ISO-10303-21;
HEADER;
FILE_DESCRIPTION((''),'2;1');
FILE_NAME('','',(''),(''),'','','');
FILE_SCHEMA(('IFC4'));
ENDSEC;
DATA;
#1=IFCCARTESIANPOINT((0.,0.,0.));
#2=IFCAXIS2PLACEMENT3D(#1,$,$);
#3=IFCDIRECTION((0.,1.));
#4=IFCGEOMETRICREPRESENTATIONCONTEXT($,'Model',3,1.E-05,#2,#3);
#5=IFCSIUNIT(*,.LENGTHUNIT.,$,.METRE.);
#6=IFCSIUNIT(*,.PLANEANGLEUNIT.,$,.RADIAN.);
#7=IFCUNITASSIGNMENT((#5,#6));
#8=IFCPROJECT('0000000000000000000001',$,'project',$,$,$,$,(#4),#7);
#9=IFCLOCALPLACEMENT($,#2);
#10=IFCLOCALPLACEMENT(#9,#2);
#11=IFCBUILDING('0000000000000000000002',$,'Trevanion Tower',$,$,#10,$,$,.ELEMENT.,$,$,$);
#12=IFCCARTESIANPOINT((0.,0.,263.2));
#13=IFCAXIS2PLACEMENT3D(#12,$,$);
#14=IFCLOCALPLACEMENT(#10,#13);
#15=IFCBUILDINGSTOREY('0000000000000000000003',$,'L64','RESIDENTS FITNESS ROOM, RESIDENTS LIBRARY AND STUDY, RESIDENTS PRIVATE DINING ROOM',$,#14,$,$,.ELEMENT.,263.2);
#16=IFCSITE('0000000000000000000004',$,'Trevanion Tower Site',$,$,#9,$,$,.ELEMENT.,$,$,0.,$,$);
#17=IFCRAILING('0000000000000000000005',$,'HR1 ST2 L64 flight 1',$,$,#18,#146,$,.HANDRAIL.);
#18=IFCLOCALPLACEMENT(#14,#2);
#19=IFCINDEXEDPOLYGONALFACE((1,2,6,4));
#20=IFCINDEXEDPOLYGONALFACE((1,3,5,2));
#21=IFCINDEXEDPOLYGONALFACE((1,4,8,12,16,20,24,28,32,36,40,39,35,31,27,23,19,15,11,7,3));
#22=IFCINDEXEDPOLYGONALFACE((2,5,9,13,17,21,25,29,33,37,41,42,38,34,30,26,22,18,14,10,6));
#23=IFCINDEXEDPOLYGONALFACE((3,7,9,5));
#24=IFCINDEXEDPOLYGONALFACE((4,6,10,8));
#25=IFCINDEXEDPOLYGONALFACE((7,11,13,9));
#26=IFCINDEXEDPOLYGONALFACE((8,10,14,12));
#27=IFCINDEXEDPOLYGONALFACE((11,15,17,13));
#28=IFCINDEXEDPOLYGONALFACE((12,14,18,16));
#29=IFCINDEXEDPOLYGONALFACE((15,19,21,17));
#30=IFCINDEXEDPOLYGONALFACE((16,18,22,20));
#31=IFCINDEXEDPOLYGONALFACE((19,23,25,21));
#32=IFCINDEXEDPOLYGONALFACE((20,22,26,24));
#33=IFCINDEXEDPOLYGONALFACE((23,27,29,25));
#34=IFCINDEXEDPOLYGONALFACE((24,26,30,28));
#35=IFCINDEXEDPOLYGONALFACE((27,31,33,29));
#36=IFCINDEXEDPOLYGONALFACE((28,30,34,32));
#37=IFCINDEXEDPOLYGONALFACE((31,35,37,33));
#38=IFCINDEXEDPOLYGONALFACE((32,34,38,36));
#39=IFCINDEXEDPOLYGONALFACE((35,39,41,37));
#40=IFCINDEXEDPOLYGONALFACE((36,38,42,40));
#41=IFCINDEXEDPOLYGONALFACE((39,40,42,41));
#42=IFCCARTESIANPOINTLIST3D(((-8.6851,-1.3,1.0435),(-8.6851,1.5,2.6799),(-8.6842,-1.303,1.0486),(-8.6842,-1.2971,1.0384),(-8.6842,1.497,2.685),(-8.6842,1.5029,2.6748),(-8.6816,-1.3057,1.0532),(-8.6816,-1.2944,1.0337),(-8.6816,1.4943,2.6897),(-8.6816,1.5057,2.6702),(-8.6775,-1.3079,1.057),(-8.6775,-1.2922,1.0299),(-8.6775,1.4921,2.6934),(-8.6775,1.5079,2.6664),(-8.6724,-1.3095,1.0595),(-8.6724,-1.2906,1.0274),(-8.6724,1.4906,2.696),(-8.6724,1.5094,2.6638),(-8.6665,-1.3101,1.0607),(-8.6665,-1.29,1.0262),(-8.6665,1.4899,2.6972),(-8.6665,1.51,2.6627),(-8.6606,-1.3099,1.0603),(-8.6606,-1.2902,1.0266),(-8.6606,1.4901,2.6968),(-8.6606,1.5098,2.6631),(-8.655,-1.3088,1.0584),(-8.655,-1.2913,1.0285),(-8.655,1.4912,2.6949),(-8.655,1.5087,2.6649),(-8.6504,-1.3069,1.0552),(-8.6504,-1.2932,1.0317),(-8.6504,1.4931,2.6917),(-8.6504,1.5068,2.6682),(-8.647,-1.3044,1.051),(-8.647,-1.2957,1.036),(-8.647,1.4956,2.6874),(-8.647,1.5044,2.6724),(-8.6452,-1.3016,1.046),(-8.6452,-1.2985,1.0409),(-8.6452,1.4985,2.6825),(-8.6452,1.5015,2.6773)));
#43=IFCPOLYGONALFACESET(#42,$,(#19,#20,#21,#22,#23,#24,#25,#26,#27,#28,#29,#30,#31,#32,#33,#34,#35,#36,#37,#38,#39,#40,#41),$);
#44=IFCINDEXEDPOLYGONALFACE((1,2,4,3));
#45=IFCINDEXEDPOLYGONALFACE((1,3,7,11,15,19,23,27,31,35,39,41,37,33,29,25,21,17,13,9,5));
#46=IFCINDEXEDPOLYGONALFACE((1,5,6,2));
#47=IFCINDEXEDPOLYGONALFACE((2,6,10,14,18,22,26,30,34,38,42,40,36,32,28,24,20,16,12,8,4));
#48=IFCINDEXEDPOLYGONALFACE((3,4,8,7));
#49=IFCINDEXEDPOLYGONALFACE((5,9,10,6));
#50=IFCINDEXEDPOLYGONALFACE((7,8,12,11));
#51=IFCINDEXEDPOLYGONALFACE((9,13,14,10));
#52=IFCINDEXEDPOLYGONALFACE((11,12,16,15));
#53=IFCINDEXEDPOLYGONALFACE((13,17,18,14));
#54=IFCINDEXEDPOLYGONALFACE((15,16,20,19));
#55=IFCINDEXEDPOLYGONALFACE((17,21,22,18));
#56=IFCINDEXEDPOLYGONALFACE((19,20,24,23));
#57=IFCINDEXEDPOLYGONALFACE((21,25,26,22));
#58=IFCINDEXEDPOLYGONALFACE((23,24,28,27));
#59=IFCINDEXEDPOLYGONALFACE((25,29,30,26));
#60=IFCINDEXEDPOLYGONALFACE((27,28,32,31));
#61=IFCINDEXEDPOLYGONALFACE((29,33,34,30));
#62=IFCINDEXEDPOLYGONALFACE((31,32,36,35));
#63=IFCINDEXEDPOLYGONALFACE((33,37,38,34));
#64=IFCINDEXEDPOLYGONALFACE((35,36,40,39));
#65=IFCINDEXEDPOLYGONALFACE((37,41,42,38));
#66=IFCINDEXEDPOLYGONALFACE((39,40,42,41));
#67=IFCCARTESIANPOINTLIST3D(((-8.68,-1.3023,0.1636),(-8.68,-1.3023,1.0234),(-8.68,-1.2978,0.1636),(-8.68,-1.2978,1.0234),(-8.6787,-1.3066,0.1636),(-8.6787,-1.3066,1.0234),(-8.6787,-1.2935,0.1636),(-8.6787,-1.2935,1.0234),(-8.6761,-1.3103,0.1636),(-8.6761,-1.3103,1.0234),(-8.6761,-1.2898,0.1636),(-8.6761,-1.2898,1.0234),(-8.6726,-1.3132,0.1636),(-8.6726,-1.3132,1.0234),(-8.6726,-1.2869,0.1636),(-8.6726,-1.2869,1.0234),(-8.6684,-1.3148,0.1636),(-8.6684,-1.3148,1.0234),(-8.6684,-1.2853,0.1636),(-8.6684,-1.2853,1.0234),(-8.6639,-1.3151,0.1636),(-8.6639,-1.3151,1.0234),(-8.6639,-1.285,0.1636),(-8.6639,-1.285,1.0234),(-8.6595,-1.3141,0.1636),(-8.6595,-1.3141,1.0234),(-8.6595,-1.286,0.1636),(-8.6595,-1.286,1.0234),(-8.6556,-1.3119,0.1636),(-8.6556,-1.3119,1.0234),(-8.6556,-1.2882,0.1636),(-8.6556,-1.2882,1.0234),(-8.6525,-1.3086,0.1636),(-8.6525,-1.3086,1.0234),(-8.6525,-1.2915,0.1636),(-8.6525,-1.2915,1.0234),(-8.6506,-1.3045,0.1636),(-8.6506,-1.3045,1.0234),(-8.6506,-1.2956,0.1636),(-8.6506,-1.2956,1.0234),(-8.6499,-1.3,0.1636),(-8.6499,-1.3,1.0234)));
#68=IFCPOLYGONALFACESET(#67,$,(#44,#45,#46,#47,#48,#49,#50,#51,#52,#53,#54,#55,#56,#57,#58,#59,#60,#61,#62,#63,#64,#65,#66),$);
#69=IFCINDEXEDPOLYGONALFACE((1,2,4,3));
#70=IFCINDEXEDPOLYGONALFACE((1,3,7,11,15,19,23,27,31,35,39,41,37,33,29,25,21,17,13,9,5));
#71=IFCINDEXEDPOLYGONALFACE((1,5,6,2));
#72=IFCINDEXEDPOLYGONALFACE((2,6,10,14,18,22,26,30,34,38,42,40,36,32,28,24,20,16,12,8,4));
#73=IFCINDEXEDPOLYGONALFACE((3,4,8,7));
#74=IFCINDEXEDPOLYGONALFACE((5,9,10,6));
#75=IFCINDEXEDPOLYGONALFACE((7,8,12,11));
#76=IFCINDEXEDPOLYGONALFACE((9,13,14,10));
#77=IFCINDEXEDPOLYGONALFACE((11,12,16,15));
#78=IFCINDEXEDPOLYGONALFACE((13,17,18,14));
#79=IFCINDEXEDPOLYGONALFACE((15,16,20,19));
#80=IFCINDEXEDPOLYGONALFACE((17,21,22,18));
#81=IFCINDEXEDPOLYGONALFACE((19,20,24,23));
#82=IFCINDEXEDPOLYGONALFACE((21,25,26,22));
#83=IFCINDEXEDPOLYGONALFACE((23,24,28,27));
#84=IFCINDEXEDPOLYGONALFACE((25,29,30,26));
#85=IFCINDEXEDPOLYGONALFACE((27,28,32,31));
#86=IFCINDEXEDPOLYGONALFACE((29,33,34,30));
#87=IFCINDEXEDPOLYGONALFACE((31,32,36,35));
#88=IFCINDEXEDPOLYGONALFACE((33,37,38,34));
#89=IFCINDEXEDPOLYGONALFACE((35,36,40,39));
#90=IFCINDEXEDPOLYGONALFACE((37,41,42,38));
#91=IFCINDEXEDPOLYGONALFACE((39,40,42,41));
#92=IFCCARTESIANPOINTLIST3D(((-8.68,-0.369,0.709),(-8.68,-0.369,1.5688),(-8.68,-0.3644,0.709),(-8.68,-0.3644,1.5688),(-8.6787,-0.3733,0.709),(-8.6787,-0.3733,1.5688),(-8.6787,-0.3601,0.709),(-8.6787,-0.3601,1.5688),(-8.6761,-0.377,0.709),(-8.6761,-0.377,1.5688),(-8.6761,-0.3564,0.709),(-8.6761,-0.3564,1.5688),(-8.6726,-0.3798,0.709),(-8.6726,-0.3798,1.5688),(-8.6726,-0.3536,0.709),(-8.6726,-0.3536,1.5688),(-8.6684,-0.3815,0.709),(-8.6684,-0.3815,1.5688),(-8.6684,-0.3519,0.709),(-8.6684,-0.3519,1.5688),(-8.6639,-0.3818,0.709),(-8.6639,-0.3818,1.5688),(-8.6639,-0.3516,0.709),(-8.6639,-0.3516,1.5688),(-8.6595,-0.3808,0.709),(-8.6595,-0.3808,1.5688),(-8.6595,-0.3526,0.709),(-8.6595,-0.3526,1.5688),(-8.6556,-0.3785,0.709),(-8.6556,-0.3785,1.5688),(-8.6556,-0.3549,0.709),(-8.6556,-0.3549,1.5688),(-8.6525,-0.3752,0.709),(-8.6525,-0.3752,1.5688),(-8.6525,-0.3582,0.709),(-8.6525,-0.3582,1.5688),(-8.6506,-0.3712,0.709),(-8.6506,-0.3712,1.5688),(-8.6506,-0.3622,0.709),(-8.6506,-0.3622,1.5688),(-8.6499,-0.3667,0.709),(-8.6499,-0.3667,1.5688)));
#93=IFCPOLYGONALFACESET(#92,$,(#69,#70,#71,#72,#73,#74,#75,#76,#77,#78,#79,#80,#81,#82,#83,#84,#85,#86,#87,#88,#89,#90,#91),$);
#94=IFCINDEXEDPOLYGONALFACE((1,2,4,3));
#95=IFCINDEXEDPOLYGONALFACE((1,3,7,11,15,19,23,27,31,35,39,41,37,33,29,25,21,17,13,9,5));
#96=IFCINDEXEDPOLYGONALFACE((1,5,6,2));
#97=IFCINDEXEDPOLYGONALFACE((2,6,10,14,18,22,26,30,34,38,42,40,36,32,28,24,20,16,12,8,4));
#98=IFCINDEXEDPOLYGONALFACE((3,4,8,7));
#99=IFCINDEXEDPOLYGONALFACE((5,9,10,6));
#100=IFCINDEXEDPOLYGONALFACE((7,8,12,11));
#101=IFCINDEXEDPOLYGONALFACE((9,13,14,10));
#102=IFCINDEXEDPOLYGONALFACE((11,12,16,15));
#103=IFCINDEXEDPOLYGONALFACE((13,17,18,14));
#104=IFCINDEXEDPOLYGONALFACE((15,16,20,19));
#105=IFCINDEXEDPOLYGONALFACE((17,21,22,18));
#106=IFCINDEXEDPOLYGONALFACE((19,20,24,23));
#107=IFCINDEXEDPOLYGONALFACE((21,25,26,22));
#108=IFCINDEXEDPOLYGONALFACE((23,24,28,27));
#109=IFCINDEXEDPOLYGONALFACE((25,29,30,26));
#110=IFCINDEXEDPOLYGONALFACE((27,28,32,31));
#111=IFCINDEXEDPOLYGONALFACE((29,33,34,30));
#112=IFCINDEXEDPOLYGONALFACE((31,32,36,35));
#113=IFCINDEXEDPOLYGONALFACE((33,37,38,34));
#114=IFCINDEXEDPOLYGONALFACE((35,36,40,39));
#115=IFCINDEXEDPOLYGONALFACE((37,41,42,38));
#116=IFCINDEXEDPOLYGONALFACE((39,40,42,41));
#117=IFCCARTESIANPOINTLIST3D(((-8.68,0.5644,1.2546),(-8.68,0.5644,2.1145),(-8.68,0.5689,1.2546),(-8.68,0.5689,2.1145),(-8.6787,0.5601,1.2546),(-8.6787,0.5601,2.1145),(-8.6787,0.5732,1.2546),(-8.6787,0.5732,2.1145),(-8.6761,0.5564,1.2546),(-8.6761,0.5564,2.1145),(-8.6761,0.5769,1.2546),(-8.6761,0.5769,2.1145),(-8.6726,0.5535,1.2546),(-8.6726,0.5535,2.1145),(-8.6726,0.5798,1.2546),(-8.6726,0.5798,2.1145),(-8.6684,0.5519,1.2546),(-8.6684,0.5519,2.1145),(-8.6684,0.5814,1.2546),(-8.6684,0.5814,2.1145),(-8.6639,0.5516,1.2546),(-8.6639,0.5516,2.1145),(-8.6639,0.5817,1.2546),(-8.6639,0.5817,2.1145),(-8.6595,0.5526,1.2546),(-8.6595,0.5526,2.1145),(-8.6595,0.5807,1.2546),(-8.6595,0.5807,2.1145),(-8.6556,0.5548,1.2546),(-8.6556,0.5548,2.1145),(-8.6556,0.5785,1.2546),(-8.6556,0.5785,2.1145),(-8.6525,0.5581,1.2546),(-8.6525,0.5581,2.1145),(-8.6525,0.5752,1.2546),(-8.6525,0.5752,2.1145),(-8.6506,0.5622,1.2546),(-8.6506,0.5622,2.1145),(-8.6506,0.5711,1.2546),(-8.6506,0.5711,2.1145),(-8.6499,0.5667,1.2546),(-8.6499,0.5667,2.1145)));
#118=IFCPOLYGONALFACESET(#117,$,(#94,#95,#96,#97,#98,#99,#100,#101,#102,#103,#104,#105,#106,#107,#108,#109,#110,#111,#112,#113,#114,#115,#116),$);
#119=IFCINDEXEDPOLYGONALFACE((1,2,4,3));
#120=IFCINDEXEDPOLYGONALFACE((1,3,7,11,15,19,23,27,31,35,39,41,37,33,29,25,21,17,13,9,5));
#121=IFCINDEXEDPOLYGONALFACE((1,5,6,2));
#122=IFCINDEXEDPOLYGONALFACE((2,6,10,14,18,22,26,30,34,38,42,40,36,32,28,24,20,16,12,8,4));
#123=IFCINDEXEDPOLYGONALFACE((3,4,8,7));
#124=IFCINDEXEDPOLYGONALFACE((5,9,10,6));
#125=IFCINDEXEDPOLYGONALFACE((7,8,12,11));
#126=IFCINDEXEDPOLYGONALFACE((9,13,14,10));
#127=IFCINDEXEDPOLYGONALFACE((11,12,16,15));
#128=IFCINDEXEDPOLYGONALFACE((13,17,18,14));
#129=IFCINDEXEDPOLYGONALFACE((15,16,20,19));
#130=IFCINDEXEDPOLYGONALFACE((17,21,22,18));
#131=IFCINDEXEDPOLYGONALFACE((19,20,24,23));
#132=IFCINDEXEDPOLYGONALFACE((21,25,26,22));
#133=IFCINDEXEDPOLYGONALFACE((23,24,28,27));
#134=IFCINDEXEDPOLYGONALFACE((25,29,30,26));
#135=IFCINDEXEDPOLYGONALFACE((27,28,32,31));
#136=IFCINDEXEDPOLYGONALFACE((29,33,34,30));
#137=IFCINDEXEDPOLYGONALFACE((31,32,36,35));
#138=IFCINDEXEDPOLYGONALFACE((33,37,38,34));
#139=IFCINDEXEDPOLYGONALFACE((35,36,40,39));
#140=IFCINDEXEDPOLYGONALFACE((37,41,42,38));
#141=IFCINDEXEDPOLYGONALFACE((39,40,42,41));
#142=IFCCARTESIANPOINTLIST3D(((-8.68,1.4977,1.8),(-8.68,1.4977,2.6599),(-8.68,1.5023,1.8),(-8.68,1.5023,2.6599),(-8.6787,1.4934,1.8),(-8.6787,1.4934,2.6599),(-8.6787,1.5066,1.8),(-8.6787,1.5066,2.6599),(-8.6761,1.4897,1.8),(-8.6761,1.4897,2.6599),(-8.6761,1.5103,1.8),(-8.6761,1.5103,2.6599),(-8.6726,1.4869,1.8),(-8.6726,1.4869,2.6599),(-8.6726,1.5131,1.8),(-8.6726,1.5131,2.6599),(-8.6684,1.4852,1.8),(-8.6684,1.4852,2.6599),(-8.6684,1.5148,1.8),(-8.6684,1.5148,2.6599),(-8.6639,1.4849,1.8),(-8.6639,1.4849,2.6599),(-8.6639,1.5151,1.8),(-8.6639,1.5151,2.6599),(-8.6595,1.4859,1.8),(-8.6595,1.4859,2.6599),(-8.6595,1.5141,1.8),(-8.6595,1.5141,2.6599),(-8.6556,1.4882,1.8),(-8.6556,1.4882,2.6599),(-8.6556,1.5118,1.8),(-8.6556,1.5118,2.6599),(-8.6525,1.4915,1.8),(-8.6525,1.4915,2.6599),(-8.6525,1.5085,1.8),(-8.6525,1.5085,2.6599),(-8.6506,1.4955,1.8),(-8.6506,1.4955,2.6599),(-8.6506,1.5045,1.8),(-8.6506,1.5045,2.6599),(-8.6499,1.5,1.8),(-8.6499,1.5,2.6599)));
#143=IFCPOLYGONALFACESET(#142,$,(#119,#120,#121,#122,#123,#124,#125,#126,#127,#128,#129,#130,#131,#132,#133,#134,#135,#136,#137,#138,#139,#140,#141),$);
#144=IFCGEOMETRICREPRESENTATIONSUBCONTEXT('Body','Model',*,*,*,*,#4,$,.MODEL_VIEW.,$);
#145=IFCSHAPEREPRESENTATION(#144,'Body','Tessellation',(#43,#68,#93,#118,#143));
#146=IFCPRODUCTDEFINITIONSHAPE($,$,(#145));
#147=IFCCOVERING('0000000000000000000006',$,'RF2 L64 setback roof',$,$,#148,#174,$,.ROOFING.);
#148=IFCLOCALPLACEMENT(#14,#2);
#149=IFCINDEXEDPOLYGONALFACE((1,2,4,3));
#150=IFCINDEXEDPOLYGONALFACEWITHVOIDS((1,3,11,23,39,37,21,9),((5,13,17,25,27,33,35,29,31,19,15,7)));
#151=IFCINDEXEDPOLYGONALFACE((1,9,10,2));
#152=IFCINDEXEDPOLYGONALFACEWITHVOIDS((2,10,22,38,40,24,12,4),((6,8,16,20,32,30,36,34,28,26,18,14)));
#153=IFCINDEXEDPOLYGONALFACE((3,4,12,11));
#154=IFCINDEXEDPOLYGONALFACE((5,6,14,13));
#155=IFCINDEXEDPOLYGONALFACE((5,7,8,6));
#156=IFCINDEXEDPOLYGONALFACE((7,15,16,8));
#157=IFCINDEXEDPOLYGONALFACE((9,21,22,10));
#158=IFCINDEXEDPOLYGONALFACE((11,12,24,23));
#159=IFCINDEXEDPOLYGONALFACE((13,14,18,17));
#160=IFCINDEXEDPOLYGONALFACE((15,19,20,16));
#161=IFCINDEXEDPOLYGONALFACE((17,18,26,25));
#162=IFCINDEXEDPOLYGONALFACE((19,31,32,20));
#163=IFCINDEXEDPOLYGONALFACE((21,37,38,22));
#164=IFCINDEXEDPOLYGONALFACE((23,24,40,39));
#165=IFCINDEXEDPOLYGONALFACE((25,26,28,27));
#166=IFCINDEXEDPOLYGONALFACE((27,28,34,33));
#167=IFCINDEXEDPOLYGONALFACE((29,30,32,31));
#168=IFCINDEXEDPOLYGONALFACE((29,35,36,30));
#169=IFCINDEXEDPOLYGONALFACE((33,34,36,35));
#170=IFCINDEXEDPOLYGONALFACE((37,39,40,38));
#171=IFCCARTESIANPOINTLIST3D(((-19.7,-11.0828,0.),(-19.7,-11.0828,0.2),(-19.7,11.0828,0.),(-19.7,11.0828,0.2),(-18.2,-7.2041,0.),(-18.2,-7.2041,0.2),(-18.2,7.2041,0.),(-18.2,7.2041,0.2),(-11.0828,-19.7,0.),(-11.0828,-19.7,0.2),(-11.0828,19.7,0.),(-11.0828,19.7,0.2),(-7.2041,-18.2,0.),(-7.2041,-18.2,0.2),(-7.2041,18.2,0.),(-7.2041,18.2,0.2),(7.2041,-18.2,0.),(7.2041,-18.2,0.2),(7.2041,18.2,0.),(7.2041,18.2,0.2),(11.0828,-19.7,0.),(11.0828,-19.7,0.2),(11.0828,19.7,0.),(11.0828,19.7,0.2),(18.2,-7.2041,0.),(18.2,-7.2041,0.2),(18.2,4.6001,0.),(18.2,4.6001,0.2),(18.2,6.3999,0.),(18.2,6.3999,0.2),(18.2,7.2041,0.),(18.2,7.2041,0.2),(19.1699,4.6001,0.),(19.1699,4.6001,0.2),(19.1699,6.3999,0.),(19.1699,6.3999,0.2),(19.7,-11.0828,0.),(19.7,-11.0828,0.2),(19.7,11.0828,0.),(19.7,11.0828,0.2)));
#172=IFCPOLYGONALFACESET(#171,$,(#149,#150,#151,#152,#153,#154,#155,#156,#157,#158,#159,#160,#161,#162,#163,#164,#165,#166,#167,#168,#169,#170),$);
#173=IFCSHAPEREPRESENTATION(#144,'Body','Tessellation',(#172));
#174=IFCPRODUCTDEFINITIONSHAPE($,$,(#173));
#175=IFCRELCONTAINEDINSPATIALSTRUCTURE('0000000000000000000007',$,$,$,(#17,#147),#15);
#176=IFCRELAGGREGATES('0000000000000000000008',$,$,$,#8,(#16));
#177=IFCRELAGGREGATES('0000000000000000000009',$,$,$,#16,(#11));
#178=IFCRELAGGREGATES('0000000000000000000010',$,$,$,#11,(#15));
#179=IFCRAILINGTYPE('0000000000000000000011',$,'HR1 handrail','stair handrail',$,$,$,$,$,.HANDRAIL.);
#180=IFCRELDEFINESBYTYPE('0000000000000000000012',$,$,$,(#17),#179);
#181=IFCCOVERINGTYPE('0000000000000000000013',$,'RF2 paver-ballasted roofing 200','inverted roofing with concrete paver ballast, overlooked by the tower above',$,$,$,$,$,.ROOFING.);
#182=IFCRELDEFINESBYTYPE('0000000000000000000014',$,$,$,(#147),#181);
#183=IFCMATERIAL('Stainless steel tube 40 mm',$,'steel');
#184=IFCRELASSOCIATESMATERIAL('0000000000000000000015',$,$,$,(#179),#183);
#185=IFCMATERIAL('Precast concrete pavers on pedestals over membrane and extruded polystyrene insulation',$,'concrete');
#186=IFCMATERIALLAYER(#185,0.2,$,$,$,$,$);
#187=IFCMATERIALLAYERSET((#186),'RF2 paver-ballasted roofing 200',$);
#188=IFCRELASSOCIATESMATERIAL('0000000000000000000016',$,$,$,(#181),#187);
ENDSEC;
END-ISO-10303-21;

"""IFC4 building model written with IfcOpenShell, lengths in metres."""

from ifc_helpers import new_model, si_unit, direction, frame, origin, origin_2d, place, context, subcontext, project, spatial, polyline, circle, outline, extrude, material, layer, layer_set, type_object, element, save


model = new_model("IFC4")

# Units and contexts
model_context = context("Model", 3, precision=1e-05, world=origin(), true_north=direction((0.0, 1.0)))
body_context = subcontext(model_context, "Body", "Model", "MODEL_VIEW")
ifc_project = project(units=[si_unit("LENGTHUNIT", "METRE"), si_unit("PLANEANGLEUNIT", "RADIAN")], contexts=[model_context])

# Site, building, storey
site_placement = place(None, origin())
site = spatial("IfcSite", under=ifc_project, at=site_placement, Name="Trevanion Tower Site", CompositionType="ELEMENT", RefElevation=0.0)
building_placement = place(site_placement, origin())
building = spatial("IfcBuilding", under=site, at=building_placement, Name="Trevanion Tower", CompositionType="ELEMENT")
storey_placement = place(building_placement, frame((0.0, 0.0, 263.2)))
storey = spatial("IfcBuildingStorey", under=building, at=storey_placement, Name="L64", Description="RESIDENTS FITNESS ROOM, RESIDENTS LIBRARY AND STUDY, RESIDENTS PRIVATE DINING ROOM", CompositionType="ELEMENT", Elevation=263.2)

# Railing
ifc_material_1 = material(Name="Stainless steel tube 40 mm", Category="steel")
railing_type = type_object("IfcRailingType", Name="HR1 handrail", Description="stair handrail", PredefinedType="HANDRAIL", material=ifc_material_1)
for number, where, name in (
    (1, (-8.665, -1.3, 0.1636), "HR1 ST2 L64 flight 1"),
):
    element("IfcRailing", number, at=place(storey_placement, frame(where)), inside=storey, type_object=railing_type, Name=name, PredefinedType="HANDRAIL", context=body_context, shape_type="SweptSolid", body=[
        extrude(circle(Radius=0.02, at=origin_2d()), frame((0.0, 0.0, 0.8799), z_axis=(0.0, 0.863361, 0.504587), x_axis=(-1.0, 0.0, 0.0)), (0.0, 0.0, 1.0), 3.2432),
        extrude(circle(Radius=0.0151, at=origin_2d()), origin(), (0.0, 0.0, 1.0), 0.8599),
        extrude(circle(Radius=0.0151, at=origin_2d()), frame((0.0, 0.9333, 0.5454)), (0.0, 0.0, 1.0), 0.8599),
        extrude(circle(Radius=0.0151, at=origin_2d()), frame((0.0, 1.8667, 1.0911)), (0.0, 0.0, 1.0), 0.8599),
        extrude(circle(Radius=0.0151, at=origin_2d()), frame((0.0, 2.8, 1.6365)), (0.0, 0.0, 1.0), 0.8599),
    ])

# Covering
ifc_material_2 = material(Name="Precast concrete pavers on pedestals over membrane and extruded polystyrene insulation", Category="concrete")
ifc_layer_1 = layer(ifc_material_2, 0.2)
ifc_layer_set_1 = layer_set([ifc_layer_1], Name="RF2 paver-ballasted roofing 200")
covering_type_1 = type_object("IfcCoveringType", Name="RF2 paver-ballasted roofing 200", Description="inverted roofing with concrete paver ballast, overlooked by the tower above", PredefinedType="ROOFING", material=ifc_layer_set_1)
covering_1_placement = place(storey_placement, origin())
element("IfcCovering", 2, at=covering_1_placement, inside=storey, type_object=covering_type_1, Name="RF2 L64 setback roof", PredefinedType="ROOFING", context=body_context, shape_type="SweptSolid", body=[
    extrude(outline(polyline([(-11.0828, -19.7), (-19.7, -11.0828), (-19.7, 11.0828), (-11.0828, 19.7), (11.0828, 19.7), (19.7, 11.0828), (19.7, -11.0828), (11.0828, -19.7), (-11.0828, -19.7)]), holes=[polyline([(7.2041, 18.2), (-7.2041, 18.2), (-18.2, 7.2041), (-18.2, -7.2041), (-7.2041, -18.2), (7.2041, -18.2), (18.2, -7.2041), (18.2, 4.6001), (19.1699, 4.6001), (19.1699, 6.3999), (18.2, 6.3999), (18.2, 7.2041), (7.2041, 18.2)])]), origin(), (0.0, 0.0, 1.0), 0.2),
])

save(model, "model.ifc")
